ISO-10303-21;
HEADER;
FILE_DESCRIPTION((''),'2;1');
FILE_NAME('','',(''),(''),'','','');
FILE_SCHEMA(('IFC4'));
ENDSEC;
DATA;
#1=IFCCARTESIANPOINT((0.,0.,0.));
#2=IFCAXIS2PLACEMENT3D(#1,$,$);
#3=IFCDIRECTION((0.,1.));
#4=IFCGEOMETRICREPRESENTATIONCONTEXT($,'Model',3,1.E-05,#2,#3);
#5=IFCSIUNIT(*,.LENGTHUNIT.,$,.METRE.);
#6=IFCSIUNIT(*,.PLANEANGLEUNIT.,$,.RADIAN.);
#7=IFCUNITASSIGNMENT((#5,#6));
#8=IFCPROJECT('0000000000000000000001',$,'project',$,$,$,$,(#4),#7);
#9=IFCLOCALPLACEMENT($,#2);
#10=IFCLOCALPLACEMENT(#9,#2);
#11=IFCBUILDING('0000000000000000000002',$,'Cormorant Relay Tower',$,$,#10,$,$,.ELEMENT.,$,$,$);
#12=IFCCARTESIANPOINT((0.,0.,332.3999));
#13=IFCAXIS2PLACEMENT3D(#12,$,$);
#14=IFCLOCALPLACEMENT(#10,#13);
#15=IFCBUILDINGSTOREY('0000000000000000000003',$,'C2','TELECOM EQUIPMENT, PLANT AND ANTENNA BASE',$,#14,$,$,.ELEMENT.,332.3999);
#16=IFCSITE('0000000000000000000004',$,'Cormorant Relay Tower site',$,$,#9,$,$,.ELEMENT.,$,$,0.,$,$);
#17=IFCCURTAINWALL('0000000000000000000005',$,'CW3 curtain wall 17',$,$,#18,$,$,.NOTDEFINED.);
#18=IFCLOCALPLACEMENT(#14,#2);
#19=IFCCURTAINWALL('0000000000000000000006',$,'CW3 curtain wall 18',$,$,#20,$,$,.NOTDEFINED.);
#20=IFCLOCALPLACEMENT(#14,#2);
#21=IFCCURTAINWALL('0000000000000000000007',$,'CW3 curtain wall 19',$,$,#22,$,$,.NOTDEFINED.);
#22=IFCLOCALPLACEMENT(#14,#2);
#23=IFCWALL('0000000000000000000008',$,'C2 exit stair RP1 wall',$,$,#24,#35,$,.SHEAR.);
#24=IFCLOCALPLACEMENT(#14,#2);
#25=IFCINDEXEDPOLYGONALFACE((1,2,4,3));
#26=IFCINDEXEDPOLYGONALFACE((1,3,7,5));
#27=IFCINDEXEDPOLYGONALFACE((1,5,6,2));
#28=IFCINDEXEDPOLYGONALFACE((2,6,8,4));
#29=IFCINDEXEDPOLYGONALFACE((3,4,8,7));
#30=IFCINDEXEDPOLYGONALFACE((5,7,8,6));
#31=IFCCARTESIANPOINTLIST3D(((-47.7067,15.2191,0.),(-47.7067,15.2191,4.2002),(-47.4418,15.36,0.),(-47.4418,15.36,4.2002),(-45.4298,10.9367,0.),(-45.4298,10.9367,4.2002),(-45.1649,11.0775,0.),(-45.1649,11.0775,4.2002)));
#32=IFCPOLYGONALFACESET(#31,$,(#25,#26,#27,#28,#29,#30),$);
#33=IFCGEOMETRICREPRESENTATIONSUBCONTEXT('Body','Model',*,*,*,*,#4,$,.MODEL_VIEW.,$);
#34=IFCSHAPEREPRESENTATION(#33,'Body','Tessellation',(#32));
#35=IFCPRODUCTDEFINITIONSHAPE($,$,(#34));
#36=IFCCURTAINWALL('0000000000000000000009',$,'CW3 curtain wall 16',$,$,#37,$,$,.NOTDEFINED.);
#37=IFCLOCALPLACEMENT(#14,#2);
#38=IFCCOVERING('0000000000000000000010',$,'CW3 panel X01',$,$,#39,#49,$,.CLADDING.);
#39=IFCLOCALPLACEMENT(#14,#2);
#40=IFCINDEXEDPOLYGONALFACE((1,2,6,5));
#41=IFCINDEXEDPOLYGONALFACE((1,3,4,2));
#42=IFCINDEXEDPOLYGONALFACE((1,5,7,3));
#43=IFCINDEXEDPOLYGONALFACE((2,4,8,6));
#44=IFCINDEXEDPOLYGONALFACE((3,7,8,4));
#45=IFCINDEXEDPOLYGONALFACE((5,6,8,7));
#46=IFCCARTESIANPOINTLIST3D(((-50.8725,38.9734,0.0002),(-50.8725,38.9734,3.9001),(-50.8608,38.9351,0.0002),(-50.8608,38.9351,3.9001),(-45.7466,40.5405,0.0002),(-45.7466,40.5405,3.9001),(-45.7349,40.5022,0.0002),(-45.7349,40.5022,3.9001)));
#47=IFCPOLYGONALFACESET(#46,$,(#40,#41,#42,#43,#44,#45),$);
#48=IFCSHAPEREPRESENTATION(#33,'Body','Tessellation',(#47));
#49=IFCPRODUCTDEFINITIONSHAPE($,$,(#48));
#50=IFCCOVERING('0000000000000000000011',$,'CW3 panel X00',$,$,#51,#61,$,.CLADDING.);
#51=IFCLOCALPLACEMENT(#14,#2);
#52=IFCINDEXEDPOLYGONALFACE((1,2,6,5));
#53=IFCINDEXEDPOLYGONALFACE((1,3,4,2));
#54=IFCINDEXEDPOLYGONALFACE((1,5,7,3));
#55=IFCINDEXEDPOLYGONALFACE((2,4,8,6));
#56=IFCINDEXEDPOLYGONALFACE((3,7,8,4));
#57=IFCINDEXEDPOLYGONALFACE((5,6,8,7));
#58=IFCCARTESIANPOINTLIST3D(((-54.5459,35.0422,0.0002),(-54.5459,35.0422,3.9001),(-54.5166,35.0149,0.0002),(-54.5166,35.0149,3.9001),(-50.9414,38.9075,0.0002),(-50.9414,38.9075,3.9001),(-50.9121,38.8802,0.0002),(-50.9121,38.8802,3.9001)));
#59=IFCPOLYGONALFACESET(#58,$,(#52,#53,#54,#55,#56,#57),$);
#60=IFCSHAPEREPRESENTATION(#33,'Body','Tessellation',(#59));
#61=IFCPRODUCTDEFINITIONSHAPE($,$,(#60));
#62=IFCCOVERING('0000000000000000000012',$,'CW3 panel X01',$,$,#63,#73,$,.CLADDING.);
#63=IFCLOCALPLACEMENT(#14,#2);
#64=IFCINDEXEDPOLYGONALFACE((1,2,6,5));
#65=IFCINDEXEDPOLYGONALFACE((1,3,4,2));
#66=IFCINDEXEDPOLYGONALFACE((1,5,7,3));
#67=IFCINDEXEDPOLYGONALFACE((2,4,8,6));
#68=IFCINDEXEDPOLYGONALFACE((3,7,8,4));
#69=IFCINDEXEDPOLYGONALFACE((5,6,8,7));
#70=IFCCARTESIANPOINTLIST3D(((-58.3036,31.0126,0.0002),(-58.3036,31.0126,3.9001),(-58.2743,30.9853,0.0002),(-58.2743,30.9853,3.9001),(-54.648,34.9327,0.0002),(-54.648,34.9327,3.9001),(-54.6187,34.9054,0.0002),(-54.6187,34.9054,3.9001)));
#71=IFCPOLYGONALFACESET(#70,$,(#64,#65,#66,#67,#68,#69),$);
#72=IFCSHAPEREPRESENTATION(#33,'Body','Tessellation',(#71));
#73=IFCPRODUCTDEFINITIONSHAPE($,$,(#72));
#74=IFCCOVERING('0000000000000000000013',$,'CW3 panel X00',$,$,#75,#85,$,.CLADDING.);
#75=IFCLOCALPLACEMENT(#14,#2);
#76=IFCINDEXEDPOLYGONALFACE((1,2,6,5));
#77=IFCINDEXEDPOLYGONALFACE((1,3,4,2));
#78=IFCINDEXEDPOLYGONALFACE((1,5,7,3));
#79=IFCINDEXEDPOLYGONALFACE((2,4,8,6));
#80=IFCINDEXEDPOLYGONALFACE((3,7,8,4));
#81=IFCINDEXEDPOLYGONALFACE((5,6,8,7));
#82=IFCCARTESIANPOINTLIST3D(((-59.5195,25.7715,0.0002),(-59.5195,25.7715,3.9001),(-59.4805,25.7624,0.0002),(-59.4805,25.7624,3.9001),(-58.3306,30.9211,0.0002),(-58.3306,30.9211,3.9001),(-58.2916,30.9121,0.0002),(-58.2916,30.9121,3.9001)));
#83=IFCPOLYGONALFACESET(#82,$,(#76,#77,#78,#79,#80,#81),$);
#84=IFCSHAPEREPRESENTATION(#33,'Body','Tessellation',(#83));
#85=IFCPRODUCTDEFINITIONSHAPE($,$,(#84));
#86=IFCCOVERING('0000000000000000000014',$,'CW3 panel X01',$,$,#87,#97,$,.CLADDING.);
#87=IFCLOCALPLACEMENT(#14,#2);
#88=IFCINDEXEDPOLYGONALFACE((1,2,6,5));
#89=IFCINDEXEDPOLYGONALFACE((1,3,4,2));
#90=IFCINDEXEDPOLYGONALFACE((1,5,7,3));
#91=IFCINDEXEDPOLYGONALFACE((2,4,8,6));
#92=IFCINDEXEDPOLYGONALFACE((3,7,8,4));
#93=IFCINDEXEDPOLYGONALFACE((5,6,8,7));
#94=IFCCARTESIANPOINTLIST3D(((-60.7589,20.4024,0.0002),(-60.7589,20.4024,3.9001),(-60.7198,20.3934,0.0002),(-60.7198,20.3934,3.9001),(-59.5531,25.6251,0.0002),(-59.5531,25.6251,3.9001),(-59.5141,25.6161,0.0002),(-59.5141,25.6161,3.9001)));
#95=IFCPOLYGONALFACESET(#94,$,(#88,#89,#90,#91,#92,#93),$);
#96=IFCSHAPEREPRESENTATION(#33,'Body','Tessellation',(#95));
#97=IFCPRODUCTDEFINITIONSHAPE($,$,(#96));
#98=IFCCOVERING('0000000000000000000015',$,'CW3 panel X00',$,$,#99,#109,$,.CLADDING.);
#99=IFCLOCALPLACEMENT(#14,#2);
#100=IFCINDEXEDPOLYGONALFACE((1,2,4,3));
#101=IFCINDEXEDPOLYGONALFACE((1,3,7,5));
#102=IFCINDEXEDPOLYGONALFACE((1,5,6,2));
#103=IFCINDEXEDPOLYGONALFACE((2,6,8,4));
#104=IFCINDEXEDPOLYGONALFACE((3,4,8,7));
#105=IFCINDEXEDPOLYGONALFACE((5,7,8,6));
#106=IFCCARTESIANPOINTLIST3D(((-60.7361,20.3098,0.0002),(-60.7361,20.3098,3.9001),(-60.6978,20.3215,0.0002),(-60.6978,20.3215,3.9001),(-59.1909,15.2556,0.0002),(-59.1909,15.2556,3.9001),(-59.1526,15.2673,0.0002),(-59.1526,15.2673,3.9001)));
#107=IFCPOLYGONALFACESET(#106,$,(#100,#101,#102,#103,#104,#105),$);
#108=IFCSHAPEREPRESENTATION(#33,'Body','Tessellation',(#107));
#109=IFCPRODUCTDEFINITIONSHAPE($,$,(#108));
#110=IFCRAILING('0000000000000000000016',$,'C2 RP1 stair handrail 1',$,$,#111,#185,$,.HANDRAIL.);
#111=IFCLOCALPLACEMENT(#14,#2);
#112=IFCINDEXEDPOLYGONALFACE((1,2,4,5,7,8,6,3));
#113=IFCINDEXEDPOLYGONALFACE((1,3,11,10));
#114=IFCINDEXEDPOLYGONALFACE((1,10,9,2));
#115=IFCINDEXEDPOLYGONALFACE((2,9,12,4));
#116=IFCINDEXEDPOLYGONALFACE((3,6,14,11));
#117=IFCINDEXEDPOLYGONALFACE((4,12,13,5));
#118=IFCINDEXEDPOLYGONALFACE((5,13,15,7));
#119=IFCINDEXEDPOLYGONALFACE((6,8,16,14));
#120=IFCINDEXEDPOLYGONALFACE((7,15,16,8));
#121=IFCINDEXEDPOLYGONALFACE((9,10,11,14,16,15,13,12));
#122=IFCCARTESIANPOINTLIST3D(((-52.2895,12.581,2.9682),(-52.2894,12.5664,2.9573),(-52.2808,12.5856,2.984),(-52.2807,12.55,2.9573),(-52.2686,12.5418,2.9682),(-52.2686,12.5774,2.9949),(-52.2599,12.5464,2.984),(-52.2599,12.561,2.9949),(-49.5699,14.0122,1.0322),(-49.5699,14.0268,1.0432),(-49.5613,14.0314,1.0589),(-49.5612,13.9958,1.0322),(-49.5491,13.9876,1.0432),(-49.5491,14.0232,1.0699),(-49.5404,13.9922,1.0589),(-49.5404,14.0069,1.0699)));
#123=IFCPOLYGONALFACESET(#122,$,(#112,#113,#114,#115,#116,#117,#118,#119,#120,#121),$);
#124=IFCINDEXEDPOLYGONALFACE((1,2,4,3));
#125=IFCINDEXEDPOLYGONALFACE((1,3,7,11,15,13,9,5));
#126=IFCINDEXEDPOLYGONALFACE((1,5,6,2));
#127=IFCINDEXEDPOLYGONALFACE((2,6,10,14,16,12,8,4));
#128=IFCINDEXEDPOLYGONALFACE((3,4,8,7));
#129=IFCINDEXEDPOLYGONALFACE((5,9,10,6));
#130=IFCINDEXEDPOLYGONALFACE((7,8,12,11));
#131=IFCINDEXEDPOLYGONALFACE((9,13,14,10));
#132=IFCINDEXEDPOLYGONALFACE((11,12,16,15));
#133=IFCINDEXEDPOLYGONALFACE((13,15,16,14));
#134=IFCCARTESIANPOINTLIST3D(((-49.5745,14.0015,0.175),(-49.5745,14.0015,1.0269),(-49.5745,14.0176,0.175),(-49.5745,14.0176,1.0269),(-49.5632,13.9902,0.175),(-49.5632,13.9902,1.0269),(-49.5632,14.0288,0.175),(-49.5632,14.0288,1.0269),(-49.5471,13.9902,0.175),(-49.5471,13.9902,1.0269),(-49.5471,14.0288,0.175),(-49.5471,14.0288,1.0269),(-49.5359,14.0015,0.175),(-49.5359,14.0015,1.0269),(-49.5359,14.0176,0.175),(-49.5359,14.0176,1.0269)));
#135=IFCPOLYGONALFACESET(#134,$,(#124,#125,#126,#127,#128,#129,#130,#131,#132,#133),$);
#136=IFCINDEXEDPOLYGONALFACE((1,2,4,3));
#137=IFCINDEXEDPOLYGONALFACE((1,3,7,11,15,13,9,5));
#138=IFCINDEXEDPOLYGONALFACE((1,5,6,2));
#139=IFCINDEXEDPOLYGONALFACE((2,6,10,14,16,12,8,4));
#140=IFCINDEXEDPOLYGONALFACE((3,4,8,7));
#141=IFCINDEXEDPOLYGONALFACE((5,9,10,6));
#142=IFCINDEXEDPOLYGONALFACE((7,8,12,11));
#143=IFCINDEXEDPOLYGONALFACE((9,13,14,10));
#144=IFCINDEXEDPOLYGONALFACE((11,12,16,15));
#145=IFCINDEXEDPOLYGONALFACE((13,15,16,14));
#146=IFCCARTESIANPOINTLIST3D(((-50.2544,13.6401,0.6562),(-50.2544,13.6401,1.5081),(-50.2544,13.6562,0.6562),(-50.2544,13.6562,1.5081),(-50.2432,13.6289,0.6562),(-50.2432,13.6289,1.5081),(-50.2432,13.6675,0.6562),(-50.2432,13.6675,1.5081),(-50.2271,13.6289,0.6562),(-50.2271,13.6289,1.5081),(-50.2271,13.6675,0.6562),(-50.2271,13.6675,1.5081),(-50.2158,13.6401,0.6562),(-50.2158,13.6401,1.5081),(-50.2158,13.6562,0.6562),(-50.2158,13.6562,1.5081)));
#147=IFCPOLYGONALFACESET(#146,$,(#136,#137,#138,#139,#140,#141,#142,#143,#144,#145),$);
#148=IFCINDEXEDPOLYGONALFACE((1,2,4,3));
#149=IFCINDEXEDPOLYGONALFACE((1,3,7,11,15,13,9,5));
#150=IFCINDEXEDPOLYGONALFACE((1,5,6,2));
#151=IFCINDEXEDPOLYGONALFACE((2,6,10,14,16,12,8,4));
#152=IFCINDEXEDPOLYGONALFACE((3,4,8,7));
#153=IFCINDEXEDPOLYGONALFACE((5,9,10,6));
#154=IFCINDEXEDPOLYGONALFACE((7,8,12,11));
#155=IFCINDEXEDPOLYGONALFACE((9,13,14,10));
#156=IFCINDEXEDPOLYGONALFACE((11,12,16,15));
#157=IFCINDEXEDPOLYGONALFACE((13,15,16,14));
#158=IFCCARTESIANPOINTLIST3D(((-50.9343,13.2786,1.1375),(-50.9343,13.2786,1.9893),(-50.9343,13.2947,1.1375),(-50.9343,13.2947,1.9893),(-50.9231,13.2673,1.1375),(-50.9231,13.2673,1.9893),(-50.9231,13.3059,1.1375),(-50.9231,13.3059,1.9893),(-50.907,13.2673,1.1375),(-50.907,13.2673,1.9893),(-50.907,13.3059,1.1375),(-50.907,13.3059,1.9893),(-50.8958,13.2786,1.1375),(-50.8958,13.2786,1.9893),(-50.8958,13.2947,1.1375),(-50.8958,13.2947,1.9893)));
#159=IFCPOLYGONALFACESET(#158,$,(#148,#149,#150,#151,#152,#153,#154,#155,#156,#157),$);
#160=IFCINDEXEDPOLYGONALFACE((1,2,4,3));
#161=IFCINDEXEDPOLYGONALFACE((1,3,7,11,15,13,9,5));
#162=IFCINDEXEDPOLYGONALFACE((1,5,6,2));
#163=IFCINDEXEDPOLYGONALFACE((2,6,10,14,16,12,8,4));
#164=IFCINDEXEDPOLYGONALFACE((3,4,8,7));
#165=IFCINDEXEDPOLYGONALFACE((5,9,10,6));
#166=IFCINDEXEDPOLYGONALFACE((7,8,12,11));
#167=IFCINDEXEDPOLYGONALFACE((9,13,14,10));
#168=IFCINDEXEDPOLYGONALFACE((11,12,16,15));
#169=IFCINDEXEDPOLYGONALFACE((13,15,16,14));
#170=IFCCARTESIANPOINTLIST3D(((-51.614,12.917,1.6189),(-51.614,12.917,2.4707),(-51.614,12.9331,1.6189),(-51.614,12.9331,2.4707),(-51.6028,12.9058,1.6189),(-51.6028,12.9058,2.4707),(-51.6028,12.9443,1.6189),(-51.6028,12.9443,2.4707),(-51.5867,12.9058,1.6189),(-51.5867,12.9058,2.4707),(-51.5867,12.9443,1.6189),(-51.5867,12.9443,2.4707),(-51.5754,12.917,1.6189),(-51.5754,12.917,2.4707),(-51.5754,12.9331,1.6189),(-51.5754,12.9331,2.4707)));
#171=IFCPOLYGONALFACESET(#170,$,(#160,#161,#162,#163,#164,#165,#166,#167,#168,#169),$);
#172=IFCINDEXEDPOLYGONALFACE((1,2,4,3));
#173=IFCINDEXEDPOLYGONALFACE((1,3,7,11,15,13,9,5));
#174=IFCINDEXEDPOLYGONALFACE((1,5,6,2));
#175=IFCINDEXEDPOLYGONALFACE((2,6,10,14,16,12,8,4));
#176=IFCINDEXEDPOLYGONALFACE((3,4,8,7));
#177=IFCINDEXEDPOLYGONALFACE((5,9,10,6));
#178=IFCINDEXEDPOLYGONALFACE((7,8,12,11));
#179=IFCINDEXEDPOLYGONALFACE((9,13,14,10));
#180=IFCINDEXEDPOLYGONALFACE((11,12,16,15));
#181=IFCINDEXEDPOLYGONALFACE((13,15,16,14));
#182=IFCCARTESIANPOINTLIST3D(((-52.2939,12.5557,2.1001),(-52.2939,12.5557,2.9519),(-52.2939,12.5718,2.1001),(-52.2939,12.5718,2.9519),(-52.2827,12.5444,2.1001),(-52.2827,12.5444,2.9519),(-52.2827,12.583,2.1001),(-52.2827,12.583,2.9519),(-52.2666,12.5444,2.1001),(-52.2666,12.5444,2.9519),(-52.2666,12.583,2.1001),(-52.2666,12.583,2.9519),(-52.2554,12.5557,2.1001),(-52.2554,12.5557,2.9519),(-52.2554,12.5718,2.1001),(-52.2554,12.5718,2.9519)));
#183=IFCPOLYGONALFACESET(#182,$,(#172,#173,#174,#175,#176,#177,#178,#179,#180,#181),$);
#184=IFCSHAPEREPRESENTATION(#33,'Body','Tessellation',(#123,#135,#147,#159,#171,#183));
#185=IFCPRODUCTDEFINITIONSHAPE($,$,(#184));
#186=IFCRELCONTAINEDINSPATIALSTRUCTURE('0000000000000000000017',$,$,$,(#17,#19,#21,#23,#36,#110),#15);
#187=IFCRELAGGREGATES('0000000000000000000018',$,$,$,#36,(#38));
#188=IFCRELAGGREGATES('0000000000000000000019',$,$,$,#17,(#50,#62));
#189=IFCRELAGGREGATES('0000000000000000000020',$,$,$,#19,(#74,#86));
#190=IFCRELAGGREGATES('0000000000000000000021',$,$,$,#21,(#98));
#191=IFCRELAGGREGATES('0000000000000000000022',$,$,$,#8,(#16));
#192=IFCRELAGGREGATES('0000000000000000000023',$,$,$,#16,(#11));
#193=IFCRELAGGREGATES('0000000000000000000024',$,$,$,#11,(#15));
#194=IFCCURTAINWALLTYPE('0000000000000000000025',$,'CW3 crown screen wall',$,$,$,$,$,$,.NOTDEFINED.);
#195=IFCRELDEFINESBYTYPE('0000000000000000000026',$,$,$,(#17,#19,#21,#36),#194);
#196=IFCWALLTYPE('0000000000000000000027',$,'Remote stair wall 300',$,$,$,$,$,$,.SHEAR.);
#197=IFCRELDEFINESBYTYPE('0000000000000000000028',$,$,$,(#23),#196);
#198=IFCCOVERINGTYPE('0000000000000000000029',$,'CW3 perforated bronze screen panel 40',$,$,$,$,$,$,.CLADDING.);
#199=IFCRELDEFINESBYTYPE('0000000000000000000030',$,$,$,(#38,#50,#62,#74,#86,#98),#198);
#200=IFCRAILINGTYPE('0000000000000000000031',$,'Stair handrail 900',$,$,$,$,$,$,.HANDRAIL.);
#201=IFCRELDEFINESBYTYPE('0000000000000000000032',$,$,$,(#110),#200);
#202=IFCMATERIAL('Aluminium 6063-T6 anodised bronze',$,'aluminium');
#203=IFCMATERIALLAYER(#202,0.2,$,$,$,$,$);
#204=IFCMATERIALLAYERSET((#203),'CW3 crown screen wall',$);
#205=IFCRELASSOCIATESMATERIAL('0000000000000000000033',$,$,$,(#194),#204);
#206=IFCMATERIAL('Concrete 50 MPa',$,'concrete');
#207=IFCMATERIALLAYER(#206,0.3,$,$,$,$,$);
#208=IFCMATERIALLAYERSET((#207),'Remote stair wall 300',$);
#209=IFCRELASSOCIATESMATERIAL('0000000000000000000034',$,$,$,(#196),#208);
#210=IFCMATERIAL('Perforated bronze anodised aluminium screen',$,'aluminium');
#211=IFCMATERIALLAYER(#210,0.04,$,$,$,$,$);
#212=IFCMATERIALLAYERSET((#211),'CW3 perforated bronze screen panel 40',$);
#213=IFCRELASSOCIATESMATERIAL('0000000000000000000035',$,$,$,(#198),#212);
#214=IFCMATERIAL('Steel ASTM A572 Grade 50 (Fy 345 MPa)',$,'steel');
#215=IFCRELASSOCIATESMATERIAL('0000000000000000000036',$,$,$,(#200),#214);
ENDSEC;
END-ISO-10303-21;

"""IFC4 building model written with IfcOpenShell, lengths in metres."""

from ifc_helpers import new_model, si_unit, direction, frame, frame_2d, origin, origin_2d, place, context, subcontext, project, spatial, polyline, rectangle, outline, extrude, material, layer, layer_set, type_object, element, aggregate, save


model = new_model("IFC4")

# Units and contexts
model_context = context("Model", 3, precision=1e-05, world=origin(), true_north=direction((0.0, 1.0)))
body_context = subcontext(model_context, "Body", "Model", "MODEL_VIEW")
ifc_project = project(units=[si_unit("LENGTHUNIT", "METRE"), si_unit("PLANEANGLEUNIT", "RADIAN")], contexts=[model_context])

# Site, building, storey
site_placement = place(None, origin())
site = spatial("IfcSite", under=ifc_project, at=site_placement, Name="Cormorant Relay Tower site", CompositionType="ELEMENT", RefElevation=0.0)
building_placement = place(site_placement, origin())
building = spatial("IfcBuilding", under=site, at=building_placement, Name="Cormorant Relay Tower", CompositionType="ELEMENT")
storey_placement = place(building_placement, frame((0.0, 0.0, 332.3999)))
storey = spatial("IfcBuildingStorey", under=building, at=storey_placement, Name="C2", Description="TELECOM EQUIPMENT, PLANT AND ANTENNA BASE", CompositionType="ELEMENT", Elevation=332.3999)

# Curtain walls
ifc_material_1 = material(Name="Aluminium 6063-T6 anodised bronze", Category="aluminium")
ifc_layer_1 = layer(ifc_material_1, 0.2)
ifc_layer_set_1 = layer_set([ifc_layer_1], Name="CW3 crown screen wall")
curtain_wall_type = type_object("IfcCurtainWallType", Name="CW3 crown screen wall", PredefinedType="NOTDEFINED", material=ifc_layer_set_1)
curtain_wall_1_placement = place(storey_placement, origin())
curtain_wall_1 = element("IfcCurtainWall", 1, at=curtain_wall_1_placement, inside=storey, type_object=curtain_wall_type, Name="CW3 curtain wall 17", PredefinedType="NOTDEFINED")
curtain_wall_2_placement = place(storey_placement, origin())
curtain_wall_2 = element("IfcCurtainWall", 2, at=curtain_wall_2_placement, inside=storey, type_object=curtain_wall_type, Name="CW3 curtain wall 18", PredefinedType="NOTDEFINED")
curtain_wall_3_placement = place(storey_placement, origin())
curtain_wall_3 = element("IfcCurtainWall", 3, at=curtain_wall_3_placement, inside=storey, type_object=curtain_wall_type, Name="CW3 curtain wall 19", PredefinedType="NOTDEFINED")

# Wall
ifc_material_2 = material(Name="Concrete 50 MPa", Category="concrete")
ifc_layer_2 = layer(ifc_material_2, 0.3)
ifc_layer_set_2 = layer_set([ifc_layer_2], Name="Remote stair wall 300")
wall_type_1 = type_object("IfcWallType", Name="Remote stair wall 300", PredefinedType="SHEAR", material=ifc_layer_set_2)
wall_1_placement = place(storey_placement, frame((-47.5742, 15.2896, 0.0), z_axis=(0.0, 0.0, 1.0), x_axis=(0.469443, -0.882963, 0.0)))
element("IfcWall", 4, at=wall_1_placement, inside=storey, type_object=wall_type_1, Name="C2 exit stair RP1 wall", PredefinedType="SHEAR", context=body_context, shape_type="SweptSolid", body=[
    extrude(rectangle(XDim=4.8501, YDim=0.3, at=frame_2d((2.425, 0.0))), origin(), (0.0, 0.0, 1.0), 4.2002),
])

# Curtain wall, covering
curtain_wall_4_placement = place(storey_placement, origin())
curtain_wall_4 = element("IfcCurtainWall", 5, at=curtain_wall_4_placement, inside=storey, type_object=curtain_wall_type, Name="CW3 curtain wall 16", PredefinedType="NOTDEFINED")
ifc_material_3 = material(Name="Perforated bronze anodised aluminium screen", Category="aluminium")
ifc_layer_3 = layer(ifc_material_3, 0.04)
ifc_layer_set_3 = layer_set([ifc_layer_3], Name="CW3 perforated bronze screen panel 40")
covering_type = type_object("IfcCoveringType", Name="CW3 perforated bronze screen panel 40", PredefinedType="CLADDING", material=ifc_layer_set_3)
covering_1_placement = place(storey_placement, frame((-48.3037, 39.7378, 0.0002), z_axis=(0.0, 0.0, 1.0), x_axis=(-0.956305, -0.292372, 0.0)))
covering_1 = element("IfcCovering", 6, at=covering_1_placement, type_object=covering_type, Name="CW3 panel X01", PredefinedType="CLADDING", context=body_context, shape_type="SweptSolid", body=[
    extrude(rectangle(XDim=5.3601, YDim=0.04, at=origin_2d()), origin(), (0.0, 0.0, 1.0), 3.8999),
])
aggregate(curtain_wall_4, [covering_1])

# Coverings
covering_2_placement = place(storey_placement, frame((-52.729, 36.9612, 0.0002), z_axis=(0.0, 0.0, 1.0), x_axis=(-0.681998, -0.731354, 0.0)))
covering_2 = element("IfcCovering", 7, at=covering_2_placement, type_object=covering_type, Name="CW3 panel X00", PredefinedType="CLADDING", context=body_context, shape_type="SweptSolid", body=[
    extrude(rectangle(XDim=5.2852, YDim=0.04, at=origin_2d()), origin(), (0.0, 0.0, 1.0), 3.8999),
])
covering_3_placement = place(storey_placement, frame((-56.4612, 32.959, 0.0002), z_axis=(0.0, 0.0, 1.0), x_axis=(-0.681998, -0.731354, 0.0)))
covering_3 = element("IfcCovering", 8, at=covering_3_placement, type_object=covering_type, Name="CW3 panel X01", PredefinedType="CLADDING", context=body_context, shape_type="SweptSolid", body=[
    extrude(rectangle(XDim=5.3601, YDim=0.04, at=origin_2d()), origin(), (0.0, 0.0, 1.0), 3.8999),
])
aggregate(curtain_wall_1, [covering_2, covering_3])
covering_4_placement = place(storey_placement, frame((-58.9055, 28.3418, 0.0002), z_axis=(0.0, 0.0, 1.0), x_axis=(-0.224951, -0.97437, 0.0)))
covering_4 = element("IfcCovering", 9, at=covering_4_placement, type_object=covering_type, Name="CW3 panel X00", PredefinedType="CLADDING", context=body_context, shape_type="SweptSolid", body=[
    extrude(rectangle(XDim=5.2852, YDim=0.04, at=origin_2d()), origin(), (0.0, 0.0, 1.0), 3.8999),
])
covering_5_placement = place(storey_placement, frame((-60.1365, 23.0093, 0.0002), z_axis=(0.0, 0.0, 1.0), x_axis=(-0.224951, -0.97437, 0.0)))
covering_5 = element("IfcCovering", 10, at=covering_5_placement, type_object=covering_type, Name="CW3 panel X01", PredefinedType="CLADDING", context=body_context, shape_type="SweptSolid", body=[
    extrude(rectangle(XDim=5.3601, YDim=0.04, at=origin_2d()), origin(), (0.0, 0.0, 1.0), 3.8999),
])
aggregate(curtain_wall_2, [covering_4, covering_5])
covering_6_placement = place(storey_placement, frame((-59.9443, 17.7886, 0.0002), z_axis=(0.0, 0.0, 1.0), x_axis=(0.292372, -0.956305, 0.0)))
covering_6 = element("IfcCovering", 11, at=covering_6_placement, type_object=covering_type, Name="CW3 panel X00", PredefinedType="CLADDING", context=body_context, shape_type="SweptSolid", body=[
    extrude(rectangle(XDim=5.2852, YDim=0.04, at=origin_2d()), origin(), (0.0, 0.0, 1.0), 3.8999),
])
aggregate(curtain_wall_3, [covering_6])

# Railing
ifc_material_4 = material(Name="Steel ASTM A572 Grade 50 (Fy 345 MPa)", Category="steel")
railing_type = type_object("IfcRailingType", Name="Stair handrail 900", PredefinedType="HANDRAIL", material=ifc_material_4)
railing_placement = place(storey_placement, frame((-49.5552, 14.0095, 0.175)))
element("IfcRailing", 12, at=railing_placement, inside=storey, type_object=railing_type, Name="C2 RP1 stair handrail 1", PredefinedType="HANDRAIL", context=body_context, shape_type="SweptSolid", body=[
    extrude(outline(polyline([(0.0222, 0.0093), (0.0093, 0.0222), (-0.0093, 0.0222), (-0.0222, 0.0093), (-0.0222, -0.0093), (-0.0093, -0.0222), (0.0093, -0.0222), (0.0222, -0.0093), (0.0222, 0.0093)])), frame((0.0, 0.0, 0.876), z_axis=(-0.748747, -0.398068, 0.530018), x_axis=(0.469428, -0.882971, 0.0)), (0.0, 0.0, 1.0), 3.6321),
    extrude(outline(polyline([(0.0193, 0.0081), (0.0081, 0.0193), (-0.0081, 0.0193), (-0.0193, 0.0081), (-0.0193, -0.0081), (-0.0081, -0.0193), (0.0081, -0.0193), (0.0193, -0.0081), (0.0193, 0.0081)])), origin(), (0.0, 0.0, 1.0), 0.8518),
    extrude(outline(polyline([(0.0193, 0.0081), (0.0081, 0.0193), (-0.0081, 0.0193), (-0.0193, 0.0081), (-0.0193, -0.0081), (-0.0081, -0.0193), (0.0081, -0.0193), (0.0193, -0.0081), (0.0193, 0.0081)])), frame((-0.6799, -0.3613, 0.4812)), (0.0, 0.0, 1.0), 0.8518),
    extrude(outline(polyline([(0.0193, 0.0081), (0.0081, 0.0193), (-0.0081, 0.0193), (-0.0193, 0.0081), (-0.0193, -0.0081), (-0.0081, -0.0193), (0.0081, -0.0193), (0.0193, -0.0081), (0.0193, 0.0081)])), frame((-1.3599, -0.7229, 0.9624)), (0.0, 0.0, 1.0), 0.8518),
    extrude(outline(polyline([(0.0193, 0.0081), (0.0081, 0.0193), (-0.0081, 0.0193), (-0.0193, 0.0081), (-0.0193, -0.0081), (-0.0081, -0.0193), (0.0081, -0.0193), (0.0193, -0.0081), (0.0193, 0.0081)])), frame((-2.0396, -1.0845, 1.4438)), (0.0, 0.0, 1.0), 0.8518),
    extrude(outline(polyline([(0.0193, 0.0081), (0.0081, 0.0193), (-0.0081, 0.0193), (-0.0193, 0.0081), (-0.0193, -0.0081), (-0.0081, -0.0193), (0.0081, -0.0193), (0.0193, -0.0081), (0.0193, 0.0081)])), frame((-2.7195, -1.4458, 1.925)), (0.0, 0.0, 1.0), 0.8518),
])

save(model, "model.ifc")
